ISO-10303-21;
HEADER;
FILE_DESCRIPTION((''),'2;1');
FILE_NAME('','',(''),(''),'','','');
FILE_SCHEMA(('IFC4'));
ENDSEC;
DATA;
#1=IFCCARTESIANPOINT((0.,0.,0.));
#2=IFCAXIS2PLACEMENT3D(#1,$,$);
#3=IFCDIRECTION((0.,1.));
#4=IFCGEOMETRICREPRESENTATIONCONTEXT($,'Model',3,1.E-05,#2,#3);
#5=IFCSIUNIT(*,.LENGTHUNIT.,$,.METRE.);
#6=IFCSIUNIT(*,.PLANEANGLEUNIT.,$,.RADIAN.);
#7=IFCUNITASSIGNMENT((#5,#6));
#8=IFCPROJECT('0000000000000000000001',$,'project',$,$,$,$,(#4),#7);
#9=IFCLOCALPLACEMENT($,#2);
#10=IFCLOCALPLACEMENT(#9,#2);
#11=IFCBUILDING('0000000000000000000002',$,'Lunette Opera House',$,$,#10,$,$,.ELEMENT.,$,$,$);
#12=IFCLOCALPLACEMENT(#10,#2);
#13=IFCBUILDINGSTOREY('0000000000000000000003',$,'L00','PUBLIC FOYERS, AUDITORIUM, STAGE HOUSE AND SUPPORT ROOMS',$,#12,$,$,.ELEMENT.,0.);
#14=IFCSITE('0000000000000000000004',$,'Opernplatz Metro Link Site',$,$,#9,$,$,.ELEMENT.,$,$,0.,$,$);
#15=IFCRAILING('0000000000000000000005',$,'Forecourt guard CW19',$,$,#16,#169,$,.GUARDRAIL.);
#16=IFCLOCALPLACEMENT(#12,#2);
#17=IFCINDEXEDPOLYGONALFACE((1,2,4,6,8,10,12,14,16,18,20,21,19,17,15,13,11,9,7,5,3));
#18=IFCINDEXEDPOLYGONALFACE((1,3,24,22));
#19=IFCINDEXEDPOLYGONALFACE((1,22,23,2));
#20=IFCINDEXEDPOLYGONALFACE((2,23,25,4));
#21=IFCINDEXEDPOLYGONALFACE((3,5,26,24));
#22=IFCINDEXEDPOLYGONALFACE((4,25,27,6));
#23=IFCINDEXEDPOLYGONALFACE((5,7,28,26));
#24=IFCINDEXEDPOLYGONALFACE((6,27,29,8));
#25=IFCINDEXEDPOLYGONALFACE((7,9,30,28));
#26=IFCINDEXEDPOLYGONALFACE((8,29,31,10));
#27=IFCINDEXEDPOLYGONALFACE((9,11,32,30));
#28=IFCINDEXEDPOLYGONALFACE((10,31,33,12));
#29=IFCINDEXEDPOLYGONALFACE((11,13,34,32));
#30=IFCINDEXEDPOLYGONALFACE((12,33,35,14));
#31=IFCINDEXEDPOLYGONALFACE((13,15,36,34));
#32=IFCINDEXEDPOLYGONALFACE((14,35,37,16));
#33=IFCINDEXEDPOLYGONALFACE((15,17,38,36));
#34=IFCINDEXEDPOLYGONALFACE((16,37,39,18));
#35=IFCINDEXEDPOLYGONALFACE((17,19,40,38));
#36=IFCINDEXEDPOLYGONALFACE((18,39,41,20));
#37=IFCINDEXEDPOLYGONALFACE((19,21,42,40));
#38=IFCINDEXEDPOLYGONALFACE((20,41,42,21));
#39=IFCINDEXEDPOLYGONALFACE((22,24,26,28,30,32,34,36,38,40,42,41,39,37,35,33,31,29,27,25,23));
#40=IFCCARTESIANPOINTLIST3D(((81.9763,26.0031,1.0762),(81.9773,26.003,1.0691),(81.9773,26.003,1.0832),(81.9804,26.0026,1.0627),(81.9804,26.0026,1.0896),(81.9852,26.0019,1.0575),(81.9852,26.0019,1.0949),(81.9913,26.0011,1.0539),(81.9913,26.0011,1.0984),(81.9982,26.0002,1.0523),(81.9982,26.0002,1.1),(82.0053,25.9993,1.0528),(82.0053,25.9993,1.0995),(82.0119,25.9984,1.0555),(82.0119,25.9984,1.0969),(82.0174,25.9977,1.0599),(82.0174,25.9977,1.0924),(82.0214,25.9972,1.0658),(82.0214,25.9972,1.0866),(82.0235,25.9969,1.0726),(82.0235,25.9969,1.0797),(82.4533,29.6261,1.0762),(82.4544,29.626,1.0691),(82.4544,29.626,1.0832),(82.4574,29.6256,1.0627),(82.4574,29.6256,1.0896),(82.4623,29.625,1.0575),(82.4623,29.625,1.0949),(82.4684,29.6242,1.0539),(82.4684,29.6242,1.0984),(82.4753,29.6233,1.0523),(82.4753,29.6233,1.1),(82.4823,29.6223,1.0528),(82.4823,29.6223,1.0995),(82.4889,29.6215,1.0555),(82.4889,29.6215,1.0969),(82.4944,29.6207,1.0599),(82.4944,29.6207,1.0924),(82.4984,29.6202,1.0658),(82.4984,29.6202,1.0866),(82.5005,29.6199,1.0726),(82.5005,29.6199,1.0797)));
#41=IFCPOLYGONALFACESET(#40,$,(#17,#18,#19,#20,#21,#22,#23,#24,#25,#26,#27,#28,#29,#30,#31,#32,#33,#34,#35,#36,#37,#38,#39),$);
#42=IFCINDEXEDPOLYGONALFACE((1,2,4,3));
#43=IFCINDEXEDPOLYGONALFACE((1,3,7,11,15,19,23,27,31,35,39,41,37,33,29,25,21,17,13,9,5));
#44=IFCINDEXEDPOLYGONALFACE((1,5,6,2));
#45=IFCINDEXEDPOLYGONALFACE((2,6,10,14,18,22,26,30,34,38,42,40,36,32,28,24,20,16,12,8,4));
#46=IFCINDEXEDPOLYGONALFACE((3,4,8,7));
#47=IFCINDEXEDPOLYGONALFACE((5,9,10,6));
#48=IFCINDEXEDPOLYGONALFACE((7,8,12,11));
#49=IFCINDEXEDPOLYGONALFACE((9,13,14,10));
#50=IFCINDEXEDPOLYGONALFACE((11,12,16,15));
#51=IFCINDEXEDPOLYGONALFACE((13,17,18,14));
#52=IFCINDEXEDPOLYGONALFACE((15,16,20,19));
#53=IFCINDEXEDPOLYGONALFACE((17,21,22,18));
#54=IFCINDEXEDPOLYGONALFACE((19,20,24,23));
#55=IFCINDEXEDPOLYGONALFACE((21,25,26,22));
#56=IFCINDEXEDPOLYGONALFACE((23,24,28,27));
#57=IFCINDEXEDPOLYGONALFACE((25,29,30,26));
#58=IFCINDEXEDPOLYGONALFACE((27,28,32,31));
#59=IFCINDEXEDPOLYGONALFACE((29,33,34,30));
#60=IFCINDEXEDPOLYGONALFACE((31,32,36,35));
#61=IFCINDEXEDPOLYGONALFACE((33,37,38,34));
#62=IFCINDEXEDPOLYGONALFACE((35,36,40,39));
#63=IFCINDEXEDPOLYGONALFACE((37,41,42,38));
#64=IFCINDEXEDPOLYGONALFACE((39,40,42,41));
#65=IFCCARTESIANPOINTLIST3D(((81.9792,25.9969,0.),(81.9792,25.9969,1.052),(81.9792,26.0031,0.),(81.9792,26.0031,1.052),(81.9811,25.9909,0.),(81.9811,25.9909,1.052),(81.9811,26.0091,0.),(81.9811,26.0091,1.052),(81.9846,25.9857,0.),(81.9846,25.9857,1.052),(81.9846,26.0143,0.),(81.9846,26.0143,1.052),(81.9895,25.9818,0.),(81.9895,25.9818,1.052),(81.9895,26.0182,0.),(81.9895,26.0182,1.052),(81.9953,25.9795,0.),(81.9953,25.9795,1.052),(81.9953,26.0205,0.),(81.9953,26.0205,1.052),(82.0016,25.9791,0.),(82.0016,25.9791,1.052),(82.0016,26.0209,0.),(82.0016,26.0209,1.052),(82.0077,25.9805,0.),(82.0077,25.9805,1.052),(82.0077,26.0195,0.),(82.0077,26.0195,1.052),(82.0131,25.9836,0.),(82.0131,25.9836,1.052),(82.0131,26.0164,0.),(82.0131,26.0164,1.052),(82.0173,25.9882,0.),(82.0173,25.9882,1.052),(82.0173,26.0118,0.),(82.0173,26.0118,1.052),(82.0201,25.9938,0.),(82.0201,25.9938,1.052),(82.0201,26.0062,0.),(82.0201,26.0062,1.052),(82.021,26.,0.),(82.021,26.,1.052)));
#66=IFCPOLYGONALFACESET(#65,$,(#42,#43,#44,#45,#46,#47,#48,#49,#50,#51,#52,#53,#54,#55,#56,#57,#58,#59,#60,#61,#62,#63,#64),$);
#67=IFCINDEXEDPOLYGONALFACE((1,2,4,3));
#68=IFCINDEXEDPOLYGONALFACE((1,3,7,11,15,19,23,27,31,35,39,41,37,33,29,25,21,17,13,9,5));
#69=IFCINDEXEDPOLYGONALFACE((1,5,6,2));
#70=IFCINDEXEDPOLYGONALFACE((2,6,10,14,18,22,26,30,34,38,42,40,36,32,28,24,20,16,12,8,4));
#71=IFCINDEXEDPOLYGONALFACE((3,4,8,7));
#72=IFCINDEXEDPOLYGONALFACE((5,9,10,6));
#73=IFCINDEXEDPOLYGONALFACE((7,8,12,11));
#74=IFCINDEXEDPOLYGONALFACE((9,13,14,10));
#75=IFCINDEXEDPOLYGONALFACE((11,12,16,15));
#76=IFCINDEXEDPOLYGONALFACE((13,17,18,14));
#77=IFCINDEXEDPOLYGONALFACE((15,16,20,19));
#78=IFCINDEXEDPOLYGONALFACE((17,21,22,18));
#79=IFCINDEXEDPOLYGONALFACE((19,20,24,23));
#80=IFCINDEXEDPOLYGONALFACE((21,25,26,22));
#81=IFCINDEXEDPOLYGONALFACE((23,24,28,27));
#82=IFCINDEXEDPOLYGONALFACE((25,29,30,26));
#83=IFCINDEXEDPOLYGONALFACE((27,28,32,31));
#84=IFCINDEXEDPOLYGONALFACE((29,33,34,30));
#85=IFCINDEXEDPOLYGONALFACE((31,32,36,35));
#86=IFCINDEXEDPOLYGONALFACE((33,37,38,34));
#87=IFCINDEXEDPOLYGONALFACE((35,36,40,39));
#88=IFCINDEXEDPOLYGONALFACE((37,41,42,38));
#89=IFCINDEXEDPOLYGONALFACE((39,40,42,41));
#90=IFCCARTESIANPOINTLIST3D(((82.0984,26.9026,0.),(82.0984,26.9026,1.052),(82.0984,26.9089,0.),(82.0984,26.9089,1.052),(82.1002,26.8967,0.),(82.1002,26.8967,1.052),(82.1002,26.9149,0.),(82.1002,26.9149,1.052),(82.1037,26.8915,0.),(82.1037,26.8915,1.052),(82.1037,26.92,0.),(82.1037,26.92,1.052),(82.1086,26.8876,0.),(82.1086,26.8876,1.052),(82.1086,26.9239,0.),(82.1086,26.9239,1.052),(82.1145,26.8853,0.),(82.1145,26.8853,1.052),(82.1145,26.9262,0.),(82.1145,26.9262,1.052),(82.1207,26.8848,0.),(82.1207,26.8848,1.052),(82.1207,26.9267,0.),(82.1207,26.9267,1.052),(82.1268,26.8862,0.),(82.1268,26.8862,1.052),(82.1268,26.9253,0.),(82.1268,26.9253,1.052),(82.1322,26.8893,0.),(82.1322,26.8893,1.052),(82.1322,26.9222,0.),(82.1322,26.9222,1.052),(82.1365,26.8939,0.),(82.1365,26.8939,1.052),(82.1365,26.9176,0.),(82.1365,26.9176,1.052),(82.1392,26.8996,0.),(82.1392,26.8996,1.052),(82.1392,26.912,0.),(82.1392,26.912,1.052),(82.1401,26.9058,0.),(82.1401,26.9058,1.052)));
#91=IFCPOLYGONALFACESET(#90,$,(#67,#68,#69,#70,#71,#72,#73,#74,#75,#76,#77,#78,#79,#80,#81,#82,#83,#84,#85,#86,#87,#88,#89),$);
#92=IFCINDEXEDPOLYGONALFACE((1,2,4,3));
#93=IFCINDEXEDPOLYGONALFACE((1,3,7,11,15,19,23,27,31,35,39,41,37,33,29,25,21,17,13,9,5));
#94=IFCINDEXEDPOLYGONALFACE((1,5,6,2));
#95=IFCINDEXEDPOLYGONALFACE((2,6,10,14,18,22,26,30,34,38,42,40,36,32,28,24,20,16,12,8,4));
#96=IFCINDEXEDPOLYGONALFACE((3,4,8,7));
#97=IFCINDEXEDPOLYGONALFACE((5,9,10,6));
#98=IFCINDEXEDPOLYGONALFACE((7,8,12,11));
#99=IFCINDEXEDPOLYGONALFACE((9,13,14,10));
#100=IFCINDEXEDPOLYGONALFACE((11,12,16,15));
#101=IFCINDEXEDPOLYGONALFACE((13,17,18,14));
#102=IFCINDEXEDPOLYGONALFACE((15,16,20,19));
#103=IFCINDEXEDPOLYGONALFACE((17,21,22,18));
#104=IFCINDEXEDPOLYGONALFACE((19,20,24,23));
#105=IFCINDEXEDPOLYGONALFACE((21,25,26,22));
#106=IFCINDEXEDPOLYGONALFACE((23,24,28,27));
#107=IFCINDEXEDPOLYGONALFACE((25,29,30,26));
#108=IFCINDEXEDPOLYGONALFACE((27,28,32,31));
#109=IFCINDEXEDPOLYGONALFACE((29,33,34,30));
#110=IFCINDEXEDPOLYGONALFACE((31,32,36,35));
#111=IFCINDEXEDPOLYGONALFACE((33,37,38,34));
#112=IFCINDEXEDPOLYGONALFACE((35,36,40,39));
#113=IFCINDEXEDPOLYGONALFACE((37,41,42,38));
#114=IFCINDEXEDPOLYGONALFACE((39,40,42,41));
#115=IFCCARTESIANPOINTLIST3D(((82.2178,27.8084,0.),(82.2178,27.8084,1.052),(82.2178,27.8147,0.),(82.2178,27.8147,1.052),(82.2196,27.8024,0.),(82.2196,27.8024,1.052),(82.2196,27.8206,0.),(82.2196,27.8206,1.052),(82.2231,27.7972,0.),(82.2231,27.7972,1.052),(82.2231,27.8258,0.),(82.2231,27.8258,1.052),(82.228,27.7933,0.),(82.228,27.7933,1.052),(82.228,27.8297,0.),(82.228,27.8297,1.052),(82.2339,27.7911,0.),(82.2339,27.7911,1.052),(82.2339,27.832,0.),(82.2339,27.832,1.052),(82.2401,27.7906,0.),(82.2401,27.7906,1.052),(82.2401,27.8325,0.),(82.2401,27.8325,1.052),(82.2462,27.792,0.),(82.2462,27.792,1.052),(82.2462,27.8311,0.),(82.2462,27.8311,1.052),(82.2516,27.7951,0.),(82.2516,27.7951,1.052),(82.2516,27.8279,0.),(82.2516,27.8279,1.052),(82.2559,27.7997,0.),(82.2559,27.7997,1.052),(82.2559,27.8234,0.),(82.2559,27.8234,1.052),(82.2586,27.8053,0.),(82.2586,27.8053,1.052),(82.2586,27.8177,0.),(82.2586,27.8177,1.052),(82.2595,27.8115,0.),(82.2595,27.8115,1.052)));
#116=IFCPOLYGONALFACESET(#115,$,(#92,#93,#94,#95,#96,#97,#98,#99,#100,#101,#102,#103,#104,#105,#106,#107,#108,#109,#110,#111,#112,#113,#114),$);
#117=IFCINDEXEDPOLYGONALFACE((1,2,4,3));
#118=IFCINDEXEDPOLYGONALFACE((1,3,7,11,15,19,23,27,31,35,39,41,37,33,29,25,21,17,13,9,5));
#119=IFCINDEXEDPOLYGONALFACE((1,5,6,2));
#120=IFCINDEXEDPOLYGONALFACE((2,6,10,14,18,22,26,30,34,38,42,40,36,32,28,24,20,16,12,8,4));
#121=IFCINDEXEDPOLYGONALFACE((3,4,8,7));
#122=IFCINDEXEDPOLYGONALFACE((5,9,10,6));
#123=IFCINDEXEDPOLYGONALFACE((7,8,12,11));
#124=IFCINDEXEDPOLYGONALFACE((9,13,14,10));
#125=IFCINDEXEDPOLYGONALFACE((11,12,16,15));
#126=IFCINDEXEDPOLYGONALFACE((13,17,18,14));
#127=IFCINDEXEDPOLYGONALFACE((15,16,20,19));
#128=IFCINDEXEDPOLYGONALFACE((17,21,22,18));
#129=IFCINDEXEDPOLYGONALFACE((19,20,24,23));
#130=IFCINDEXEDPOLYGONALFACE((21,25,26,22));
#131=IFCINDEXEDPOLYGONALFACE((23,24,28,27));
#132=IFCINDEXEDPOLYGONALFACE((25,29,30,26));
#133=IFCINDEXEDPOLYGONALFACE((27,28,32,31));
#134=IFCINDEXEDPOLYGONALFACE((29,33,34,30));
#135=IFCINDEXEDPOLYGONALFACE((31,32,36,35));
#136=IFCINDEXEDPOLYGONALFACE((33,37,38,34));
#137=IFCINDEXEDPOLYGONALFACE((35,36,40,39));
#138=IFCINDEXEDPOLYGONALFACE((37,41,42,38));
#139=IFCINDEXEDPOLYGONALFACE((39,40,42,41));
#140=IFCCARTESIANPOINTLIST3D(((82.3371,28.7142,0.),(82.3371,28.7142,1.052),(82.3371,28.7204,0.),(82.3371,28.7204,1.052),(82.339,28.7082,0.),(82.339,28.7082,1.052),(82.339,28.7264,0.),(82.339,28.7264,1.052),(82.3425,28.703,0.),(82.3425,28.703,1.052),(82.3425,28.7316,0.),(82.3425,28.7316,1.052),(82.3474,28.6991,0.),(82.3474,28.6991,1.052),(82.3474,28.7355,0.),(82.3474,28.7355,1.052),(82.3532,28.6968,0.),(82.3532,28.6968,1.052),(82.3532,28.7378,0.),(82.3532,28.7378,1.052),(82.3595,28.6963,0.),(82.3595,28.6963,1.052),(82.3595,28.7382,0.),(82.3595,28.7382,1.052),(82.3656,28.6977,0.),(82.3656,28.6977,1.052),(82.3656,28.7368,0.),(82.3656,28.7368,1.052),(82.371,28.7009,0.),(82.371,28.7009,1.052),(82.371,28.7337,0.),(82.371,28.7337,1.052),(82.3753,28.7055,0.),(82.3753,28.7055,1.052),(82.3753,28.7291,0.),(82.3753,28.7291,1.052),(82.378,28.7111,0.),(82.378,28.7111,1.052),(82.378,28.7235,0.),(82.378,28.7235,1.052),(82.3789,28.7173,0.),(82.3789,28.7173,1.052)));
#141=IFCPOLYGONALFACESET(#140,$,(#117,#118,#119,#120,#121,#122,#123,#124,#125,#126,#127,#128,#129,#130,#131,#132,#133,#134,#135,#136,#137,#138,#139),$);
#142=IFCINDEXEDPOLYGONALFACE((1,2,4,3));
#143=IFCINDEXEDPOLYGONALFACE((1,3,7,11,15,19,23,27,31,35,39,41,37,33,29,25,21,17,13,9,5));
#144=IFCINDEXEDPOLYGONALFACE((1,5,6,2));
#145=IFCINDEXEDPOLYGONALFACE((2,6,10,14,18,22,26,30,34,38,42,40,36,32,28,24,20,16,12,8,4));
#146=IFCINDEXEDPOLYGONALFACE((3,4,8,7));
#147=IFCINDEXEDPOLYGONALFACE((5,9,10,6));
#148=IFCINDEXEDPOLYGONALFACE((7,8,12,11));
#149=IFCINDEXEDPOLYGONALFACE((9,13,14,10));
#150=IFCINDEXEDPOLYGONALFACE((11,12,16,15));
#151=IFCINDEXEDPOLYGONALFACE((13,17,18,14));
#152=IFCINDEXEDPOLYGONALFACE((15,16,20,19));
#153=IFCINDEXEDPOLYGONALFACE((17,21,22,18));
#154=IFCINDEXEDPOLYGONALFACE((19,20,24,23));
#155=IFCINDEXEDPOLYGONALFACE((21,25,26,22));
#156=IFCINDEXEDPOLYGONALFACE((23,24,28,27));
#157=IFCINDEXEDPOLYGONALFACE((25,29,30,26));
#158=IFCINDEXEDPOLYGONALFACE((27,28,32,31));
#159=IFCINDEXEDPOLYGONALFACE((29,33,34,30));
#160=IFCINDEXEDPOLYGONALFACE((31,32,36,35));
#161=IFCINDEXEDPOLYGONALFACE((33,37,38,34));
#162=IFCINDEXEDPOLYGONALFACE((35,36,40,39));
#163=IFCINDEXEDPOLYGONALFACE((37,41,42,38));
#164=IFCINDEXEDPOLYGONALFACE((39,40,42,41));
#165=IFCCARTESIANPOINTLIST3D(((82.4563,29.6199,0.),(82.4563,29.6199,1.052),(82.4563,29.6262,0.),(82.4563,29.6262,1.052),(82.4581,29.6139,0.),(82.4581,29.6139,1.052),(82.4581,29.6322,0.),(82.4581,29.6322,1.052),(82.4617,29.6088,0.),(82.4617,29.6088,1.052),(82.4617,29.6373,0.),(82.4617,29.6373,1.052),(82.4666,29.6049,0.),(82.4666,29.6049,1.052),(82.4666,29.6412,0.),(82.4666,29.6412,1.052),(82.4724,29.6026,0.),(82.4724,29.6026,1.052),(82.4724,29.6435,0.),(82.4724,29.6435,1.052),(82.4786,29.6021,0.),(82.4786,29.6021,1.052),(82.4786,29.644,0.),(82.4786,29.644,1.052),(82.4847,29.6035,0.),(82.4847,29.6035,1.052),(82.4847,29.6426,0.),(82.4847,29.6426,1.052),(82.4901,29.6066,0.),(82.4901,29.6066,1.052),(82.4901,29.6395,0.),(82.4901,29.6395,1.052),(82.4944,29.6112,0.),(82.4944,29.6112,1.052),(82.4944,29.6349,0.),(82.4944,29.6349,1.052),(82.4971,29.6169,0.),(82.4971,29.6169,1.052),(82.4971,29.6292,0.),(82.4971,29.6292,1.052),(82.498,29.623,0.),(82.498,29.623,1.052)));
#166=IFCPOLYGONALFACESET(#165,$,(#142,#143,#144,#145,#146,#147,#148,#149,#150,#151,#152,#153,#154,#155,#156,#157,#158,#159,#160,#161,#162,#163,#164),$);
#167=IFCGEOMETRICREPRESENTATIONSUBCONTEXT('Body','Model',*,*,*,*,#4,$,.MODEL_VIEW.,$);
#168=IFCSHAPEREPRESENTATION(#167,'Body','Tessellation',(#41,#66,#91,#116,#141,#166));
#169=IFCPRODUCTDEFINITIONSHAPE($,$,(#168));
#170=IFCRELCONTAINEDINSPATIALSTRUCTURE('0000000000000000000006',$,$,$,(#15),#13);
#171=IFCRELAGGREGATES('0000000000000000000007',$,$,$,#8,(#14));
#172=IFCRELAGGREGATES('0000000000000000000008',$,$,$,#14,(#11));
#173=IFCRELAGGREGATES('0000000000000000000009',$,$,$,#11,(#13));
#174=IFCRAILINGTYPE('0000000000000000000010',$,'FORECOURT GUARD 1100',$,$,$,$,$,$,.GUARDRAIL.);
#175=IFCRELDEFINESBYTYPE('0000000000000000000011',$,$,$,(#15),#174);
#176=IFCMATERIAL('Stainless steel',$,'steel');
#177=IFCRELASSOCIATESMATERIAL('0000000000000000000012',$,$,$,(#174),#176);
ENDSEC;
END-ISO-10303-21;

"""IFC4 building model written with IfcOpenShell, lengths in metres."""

from ifc_helpers import new_model, si_unit, direction, frame, origin, origin_2d, place, context, subcontext, project, spatial, circle, extrude, material, type_object, element, save


model = new_model("IFC4")

# Units and contexts
model_context = context("Model", 3, precision=1e-05, world=origin(), true_north=direction((0.0, 1.0)))
body_context = subcontext(model_context, "Body", "Model", "MODEL_VIEW")
ifc_project = project(units=[si_unit("LENGTHUNIT", "METRE"), si_unit("PLANEANGLEUNIT", "RADIAN")], contexts=[model_context])

# Site, building, storey
site_placement = place(None, origin())
site = spatial("IfcSite", under=ifc_project, at=site_placement, Name="Opernplatz Metro Link Site", CompositionType="ELEMENT", RefElevation=0.0)
building_placement = place(site_placement, origin())
building = spatial("IfcBuilding", under=site, at=building_placement, Name="Lunette Opera House", CompositionType="ELEMENT")
storey_placement = place(building_placement, origin())
storey = spatial("IfcBuildingStorey", under=building, at=storey_placement, Name="L00", Description="PUBLIC FOYERS, AUDITORIUM, STAGE HOUSE AND SUPPORT ROOMS", CompositionType="ELEMENT", Elevation=0.0)

# Railing
ifc_material_1 = material(Name="Stainless steel", Category="steel")
railing_type = type_object("IfcRailingType", Name="FORECOURT GUARD 1100", PredefinedType="GUARDRAIL", material=ifc_material_1)
railing_1_placement = place(storey_placement, frame((82.0, 26.0, 0.0)))
element("IfcRailing", 1, at=railing_1_placement, inside=storey, type_object=railing_type, Name="Forecourt guard CW19", PredefinedType="GUARDRAIL", context=body_context, shape_type="SweptSolid", body=[
    extrude(circle(Radius=0.0239, at=origin_2d()), frame((0.0, 0.0, 1.0762), z_axis=(0.130544, 0.991442, 0.0), x_axis=(-0.991442, 0.130544, 0.0)), (0.0, 0.0, 1.0), 3.6543),
    extrude(circle(Radius=0.021, at=origin_2d()), origin(), (0.0, 0.0, 1.0), 1.052),
    extrude(circle(Radius=0.021, at=origin_2d()), frame((0.1191, 0.9058, 0.0)), (0.0, 0.0, 1.0), 1.052),
    extrude(circle(Radius=0.021, at=origin_2d()), frame((0.2385, 1.8115, 0.0)), (0.0, 0.0, 1.0), 1.052),
    extrude(circle(Radius=0.021, at=origin_2d()), frame((0.3579, 2.7173, 0.0)), (0.0, 0.0, 1.0), 1.052),
    extrude(circle(Radius=0.021, at=origin_2d()), frame((0.4771, 3.623, 0.0)), (0.0, 0.0, 1.0), 1.052),
])

save(model, "model.ifc")
